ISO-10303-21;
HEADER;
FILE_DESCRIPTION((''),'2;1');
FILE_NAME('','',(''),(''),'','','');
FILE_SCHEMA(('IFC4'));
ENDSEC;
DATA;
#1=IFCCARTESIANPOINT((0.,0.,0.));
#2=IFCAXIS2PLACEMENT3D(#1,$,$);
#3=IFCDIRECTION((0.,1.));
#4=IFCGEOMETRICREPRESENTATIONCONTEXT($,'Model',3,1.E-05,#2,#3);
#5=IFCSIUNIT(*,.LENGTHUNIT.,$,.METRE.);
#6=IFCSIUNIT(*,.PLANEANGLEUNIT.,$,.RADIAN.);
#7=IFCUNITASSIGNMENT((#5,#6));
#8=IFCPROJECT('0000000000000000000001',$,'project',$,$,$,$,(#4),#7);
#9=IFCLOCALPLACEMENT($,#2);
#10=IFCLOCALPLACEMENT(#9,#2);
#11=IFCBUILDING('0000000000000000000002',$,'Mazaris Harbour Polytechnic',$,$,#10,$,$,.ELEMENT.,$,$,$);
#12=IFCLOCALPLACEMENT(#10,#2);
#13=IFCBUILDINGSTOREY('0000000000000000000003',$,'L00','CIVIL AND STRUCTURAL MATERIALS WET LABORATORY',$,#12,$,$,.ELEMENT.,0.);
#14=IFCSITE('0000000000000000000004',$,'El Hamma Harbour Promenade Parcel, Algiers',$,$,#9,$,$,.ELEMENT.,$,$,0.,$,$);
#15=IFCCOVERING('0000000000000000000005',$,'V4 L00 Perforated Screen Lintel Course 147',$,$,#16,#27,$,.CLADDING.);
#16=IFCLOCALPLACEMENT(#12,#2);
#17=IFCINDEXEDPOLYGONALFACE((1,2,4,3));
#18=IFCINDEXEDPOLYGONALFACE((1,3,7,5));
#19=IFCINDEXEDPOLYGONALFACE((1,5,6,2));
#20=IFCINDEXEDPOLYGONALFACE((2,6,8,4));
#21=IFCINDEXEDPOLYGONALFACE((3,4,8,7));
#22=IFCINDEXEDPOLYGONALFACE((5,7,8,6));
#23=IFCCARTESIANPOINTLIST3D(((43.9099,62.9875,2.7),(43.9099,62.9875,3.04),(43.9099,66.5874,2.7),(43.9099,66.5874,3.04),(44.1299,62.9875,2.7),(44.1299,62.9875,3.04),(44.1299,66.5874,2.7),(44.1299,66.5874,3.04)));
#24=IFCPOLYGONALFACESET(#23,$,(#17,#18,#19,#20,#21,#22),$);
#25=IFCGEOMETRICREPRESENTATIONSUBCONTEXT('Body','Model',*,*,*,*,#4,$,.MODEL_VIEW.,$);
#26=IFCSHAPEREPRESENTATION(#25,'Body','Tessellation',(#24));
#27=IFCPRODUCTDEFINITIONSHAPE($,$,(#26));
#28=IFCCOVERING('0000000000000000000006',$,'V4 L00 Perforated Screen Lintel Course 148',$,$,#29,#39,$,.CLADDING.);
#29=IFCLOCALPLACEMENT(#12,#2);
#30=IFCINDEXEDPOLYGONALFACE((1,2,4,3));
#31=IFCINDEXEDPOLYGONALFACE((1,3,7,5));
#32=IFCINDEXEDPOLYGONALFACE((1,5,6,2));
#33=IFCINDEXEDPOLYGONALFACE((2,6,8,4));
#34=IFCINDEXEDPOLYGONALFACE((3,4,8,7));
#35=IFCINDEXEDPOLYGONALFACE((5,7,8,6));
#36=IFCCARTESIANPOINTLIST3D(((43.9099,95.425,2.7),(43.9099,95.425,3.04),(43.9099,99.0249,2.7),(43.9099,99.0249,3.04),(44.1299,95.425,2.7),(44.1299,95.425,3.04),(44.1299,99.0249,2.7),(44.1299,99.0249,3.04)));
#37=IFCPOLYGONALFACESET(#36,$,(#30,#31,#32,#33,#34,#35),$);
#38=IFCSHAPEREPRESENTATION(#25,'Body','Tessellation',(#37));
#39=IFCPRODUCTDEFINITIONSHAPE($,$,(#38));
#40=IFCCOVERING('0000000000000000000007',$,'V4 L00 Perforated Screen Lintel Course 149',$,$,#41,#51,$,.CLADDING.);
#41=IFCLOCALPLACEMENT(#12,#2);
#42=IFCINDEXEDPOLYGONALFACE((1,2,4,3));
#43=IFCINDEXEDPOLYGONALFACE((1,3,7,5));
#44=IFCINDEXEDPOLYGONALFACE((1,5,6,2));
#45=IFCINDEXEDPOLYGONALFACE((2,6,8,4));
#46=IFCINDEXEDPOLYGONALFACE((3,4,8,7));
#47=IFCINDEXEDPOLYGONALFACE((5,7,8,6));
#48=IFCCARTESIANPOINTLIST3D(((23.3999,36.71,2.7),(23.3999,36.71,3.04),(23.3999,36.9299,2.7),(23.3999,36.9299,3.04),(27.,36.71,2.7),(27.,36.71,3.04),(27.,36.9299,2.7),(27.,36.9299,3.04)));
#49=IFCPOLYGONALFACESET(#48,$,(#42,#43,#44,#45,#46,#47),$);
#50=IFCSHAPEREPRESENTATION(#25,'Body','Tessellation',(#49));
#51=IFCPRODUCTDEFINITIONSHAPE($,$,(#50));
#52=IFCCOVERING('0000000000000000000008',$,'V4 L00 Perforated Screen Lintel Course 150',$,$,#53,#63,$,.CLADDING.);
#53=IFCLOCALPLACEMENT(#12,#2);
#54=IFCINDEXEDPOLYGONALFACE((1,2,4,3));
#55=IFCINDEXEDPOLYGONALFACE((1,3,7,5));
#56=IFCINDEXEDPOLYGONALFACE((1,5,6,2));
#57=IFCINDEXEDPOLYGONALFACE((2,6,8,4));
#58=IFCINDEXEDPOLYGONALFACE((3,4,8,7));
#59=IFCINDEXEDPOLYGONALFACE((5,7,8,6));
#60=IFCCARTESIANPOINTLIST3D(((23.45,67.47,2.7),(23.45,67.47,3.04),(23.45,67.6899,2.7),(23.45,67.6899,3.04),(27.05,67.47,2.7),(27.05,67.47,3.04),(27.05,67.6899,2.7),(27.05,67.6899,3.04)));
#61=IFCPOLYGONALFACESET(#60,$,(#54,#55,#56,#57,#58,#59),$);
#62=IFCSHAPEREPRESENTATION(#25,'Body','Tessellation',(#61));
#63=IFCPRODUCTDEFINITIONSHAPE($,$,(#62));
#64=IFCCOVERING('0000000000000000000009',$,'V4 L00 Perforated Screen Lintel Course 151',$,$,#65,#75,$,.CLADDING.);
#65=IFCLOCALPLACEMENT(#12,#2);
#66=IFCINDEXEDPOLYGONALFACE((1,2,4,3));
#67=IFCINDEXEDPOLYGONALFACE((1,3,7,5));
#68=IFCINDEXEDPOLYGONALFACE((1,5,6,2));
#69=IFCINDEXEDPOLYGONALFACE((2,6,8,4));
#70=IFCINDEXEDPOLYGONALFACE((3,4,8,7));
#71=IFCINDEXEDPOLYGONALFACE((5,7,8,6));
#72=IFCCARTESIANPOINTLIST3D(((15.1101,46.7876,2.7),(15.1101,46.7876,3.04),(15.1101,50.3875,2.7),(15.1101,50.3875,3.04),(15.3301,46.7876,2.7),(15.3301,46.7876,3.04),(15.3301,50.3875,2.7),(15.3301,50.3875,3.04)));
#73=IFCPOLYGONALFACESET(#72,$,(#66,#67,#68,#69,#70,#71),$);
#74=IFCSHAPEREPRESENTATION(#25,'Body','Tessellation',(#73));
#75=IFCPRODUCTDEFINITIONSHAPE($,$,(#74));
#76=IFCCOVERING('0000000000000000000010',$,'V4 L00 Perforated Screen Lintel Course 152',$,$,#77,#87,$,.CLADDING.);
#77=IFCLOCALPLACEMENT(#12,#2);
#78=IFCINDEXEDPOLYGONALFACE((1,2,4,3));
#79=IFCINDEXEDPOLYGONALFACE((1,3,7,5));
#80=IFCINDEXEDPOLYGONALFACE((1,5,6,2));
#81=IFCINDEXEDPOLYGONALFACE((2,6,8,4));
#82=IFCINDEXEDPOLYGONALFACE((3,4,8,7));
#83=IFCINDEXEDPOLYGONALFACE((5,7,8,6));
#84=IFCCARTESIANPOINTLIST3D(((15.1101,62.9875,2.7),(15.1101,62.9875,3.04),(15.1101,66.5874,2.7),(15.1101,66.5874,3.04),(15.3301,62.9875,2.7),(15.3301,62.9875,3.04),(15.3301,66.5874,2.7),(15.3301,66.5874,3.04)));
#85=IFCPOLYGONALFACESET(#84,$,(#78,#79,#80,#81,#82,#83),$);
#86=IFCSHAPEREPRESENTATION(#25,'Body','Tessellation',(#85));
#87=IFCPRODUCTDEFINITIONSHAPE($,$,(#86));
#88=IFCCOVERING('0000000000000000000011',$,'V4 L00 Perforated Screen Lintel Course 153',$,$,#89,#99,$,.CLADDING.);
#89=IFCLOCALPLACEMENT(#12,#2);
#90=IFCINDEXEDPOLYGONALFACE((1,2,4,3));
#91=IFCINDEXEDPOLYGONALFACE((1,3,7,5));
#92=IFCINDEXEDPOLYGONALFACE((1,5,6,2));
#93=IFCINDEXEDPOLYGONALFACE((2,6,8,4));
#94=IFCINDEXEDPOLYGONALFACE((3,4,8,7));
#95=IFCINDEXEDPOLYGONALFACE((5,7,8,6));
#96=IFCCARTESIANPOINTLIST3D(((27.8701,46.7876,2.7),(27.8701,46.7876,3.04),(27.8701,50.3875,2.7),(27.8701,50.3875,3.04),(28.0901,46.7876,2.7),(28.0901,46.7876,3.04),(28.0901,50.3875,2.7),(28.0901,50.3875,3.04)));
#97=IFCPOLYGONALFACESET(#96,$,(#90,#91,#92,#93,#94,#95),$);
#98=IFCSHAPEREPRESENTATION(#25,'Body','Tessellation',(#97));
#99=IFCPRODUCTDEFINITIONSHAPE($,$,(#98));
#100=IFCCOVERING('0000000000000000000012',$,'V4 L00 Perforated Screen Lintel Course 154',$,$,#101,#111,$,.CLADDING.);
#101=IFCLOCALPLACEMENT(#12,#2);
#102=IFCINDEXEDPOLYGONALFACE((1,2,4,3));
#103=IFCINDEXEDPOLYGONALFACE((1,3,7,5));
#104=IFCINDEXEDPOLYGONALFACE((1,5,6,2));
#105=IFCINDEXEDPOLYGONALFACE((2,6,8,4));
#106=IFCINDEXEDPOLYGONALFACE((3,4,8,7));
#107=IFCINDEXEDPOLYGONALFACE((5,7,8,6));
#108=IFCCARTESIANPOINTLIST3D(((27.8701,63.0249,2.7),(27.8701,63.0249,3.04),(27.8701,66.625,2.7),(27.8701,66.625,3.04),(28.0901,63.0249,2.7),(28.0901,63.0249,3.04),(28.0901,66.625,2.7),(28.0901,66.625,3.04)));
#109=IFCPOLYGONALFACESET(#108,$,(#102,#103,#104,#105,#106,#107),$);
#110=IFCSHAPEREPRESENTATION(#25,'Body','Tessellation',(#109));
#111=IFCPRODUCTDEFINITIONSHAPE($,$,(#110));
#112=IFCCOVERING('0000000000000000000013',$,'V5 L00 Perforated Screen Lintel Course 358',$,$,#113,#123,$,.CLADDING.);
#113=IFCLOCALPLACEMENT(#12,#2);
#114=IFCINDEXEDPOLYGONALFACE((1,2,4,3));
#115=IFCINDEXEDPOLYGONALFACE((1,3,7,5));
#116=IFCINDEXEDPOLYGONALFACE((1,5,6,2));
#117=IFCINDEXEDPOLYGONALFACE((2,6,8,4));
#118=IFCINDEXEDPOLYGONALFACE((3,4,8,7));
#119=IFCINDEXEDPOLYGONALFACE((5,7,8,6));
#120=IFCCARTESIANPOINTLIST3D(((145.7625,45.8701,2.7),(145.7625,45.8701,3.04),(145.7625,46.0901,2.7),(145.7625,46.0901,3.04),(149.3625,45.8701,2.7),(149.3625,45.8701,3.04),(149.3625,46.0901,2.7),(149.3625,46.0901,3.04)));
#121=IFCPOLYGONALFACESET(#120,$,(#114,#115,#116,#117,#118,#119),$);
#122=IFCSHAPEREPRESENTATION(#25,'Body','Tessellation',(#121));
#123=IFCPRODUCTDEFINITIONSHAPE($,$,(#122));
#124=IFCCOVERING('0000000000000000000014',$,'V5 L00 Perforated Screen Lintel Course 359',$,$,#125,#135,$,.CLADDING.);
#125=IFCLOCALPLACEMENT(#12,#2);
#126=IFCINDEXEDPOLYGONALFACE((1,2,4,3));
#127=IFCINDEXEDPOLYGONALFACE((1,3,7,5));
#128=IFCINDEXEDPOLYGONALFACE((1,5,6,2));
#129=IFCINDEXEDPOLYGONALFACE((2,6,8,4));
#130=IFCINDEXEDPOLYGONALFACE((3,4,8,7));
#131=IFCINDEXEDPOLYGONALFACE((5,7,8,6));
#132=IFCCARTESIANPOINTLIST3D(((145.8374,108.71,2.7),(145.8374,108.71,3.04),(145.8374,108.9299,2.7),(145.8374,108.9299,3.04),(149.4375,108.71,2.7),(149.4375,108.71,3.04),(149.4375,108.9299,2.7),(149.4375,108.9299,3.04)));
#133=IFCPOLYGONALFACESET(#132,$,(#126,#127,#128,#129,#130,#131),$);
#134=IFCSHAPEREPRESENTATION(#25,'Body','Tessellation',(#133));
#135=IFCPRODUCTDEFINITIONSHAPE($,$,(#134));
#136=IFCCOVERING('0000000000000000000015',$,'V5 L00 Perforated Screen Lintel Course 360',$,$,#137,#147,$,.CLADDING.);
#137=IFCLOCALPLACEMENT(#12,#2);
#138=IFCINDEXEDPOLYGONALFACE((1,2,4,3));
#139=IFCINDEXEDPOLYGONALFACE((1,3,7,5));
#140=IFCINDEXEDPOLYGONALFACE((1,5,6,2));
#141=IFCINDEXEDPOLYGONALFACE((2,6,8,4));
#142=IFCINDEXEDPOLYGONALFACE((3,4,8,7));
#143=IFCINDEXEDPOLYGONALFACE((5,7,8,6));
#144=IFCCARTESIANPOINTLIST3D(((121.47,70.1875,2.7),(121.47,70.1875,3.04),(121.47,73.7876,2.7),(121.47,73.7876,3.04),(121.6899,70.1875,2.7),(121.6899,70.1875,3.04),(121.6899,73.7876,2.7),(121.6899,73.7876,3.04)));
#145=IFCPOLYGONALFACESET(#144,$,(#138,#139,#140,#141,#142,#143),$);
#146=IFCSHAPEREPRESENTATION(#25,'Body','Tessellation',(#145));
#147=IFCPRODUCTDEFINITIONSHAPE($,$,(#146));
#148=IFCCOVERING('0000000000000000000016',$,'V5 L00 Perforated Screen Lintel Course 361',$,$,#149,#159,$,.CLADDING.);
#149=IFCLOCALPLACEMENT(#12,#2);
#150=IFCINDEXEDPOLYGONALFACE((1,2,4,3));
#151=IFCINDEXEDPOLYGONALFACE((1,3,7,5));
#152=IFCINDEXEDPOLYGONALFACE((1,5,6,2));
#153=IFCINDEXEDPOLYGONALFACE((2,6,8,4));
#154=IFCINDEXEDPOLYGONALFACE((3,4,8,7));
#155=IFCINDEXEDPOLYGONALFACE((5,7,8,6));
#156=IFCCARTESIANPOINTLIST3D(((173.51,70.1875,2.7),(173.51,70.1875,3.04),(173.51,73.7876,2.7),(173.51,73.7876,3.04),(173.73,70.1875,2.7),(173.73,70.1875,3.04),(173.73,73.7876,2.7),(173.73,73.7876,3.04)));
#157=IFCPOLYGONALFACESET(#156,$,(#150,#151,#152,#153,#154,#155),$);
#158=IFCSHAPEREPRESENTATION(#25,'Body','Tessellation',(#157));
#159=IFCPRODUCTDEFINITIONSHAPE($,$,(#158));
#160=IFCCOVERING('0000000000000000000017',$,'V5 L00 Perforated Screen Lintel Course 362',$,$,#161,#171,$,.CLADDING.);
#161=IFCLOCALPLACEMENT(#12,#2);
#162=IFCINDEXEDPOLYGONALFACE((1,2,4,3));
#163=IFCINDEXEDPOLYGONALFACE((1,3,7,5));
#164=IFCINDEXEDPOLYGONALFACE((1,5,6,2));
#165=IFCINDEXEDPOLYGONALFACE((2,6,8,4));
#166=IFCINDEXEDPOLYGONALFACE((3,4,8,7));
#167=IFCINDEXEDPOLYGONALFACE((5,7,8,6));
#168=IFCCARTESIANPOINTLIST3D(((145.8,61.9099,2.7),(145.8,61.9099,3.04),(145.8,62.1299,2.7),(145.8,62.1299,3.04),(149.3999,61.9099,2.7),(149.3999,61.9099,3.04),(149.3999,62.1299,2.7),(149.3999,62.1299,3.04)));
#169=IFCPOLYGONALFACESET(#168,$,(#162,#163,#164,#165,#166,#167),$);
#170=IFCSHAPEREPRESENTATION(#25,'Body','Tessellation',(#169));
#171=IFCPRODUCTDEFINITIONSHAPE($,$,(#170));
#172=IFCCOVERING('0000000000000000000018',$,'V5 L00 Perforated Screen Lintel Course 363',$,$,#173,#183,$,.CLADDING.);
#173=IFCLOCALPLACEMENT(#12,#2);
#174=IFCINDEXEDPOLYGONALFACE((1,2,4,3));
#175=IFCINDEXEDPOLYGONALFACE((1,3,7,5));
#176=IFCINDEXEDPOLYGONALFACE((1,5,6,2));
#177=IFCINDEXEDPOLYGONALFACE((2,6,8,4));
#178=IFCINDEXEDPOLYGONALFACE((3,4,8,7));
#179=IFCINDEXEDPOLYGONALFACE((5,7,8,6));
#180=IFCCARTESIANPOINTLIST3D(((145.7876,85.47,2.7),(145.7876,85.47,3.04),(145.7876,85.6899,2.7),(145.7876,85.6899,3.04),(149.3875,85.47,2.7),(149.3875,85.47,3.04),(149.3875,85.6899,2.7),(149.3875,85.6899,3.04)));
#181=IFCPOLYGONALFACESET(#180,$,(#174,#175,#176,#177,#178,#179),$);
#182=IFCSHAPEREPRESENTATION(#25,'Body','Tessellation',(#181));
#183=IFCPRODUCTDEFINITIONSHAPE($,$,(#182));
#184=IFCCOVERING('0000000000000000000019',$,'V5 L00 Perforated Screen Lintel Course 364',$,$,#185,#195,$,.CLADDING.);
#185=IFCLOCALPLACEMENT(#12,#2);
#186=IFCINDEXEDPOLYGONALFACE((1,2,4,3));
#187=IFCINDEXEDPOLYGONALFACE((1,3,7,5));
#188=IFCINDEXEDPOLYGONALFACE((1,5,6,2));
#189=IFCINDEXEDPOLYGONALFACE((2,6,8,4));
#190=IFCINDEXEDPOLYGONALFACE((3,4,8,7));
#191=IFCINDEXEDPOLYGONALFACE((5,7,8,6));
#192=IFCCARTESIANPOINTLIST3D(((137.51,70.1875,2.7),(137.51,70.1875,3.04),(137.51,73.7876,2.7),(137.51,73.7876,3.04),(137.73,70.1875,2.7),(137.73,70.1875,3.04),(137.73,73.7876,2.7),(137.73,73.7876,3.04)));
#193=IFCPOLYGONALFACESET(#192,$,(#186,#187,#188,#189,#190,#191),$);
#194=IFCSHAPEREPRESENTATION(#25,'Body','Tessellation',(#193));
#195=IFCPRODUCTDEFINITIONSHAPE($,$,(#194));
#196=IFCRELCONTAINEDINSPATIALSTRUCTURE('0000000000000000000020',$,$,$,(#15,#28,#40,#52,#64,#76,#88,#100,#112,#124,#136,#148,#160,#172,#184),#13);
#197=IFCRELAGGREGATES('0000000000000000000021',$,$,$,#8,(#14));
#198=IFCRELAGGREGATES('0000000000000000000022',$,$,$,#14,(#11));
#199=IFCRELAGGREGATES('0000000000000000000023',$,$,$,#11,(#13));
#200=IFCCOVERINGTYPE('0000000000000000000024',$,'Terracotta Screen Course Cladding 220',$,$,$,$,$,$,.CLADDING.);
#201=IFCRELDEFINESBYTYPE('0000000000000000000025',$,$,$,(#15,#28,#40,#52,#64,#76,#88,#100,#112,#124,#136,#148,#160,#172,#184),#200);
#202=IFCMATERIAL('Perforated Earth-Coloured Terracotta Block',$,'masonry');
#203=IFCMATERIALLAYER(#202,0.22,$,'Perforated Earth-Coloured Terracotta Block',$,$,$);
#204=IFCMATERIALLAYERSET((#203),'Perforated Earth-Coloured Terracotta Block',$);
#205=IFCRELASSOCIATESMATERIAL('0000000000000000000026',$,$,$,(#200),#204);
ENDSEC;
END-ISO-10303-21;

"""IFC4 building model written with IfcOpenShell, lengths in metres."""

from ifc_helpers import new_model, si_unit, direction, frame, origin, place, context, subcontext, project, spatial, polyline, outline, extrude, material, layer, layer_set, type_object, element, save


model = new_model("IFC4")

# Units and contexts
model_context = context("Model", 3, precision=1e-05, world=origin(), true_north=direction((0.0, 1.0)))
body_context = subcontext(model_context, "Body", "Model", "MODEL_VIEW")
ifc_project = project(units=[si_unit("LENGTHUNIT", "METRE"), si_unit("PLANEANGLEUNIT", "RADIAN")], contexts=[model_context])

# Site, building, storey
site_placement = place(None, origin())
site = spatial("IfcSite", under=ifc_project, at=site_placement, Name="El Hamma Harbour Promenade Parcel, Algiers", CompositionType="ELEMENT", RefElevation=0.0)
building_placement = place(site_placement, origin())
building = spatial("IfcBuilding", under=site, at=building_placement, Name="Mazaris Harbour Polytechnic", CompositionType="ELEMENT")
storey_placement = place(building_placement, origin())
storey = spatial("IfcBuildingStorey", under=building, at=storey_placement, Name="L00", Description="CIVIL AND STRUCTURAL MATERIALS WET LABORATORY", CompositionType="ELEMENT", Elevation=0.0)

# Coverings
ifc_material_1 = material(Name="Perforated Earth-Coloured Terracotta Block", Category="masonry")
ifc_layer_1 = layer(ifc_material_1, 0.22, Name="Perforated Earth-Coloured Terracotta Block")
ifc_layer_set_1 = layer_set([ifc_layer_1], Name="Perforated Earth-Coloured Terracotta Block")
covering_type_1 = type_object("IfcCoveringType", Name="Terracotta Screen Course Cladding 220", PredefinedType="CLADDING", material=ifc_layer_set_1)
covering_1_placement = place(storey_placement, frame((0.0, 0.0, 2.7)))
element("IfcCovering", 1, at=covering_1_placement, inside=storey, type_object=covering_type_1, Name="V4 L00 Perforated Screen Lintel Course 147", PredefinedType="CLADDING", context=body_context, shape_type="SweptSolid", body=[
    extrude(outline(polyline([(43.9099, 66.5874), (43.9099, 62.9875), (44.1299, 62.9875), (44.1299, 66.5874), (43.9099, 66.5874)])), origin(), (0.0, 0.0, 1.0), 0.3401),
])
covering_2_placement = place(storey_placement, frame((0.0, 0.0, 2.7)))
element("IfcCovering", 2, at=covering_2_placement, inside=storey, type_object=covering_type_1, Name="V4 L00 Perforated Screen Lintel Course 148", PredefinedType="CLADDING", context=body_context, shape_type="SweptSolid", body=[
    extrude(outline(polyline([(43.9099, 99.0249), (43.9099, 95.425), (44.1299, 95.425), (44.1299, 99.0249), (43.9099, 99.0249)])), origin(), (0.0, 0.0, 1.0), 0.3401),
])
covering_3_placement = place(storey_placement, frame((0.0, 0.0, 2.7)))
element("IfcCovering", 3, at=covering_3_placement, inside=storey, type_object=covering_type_1, Name="V4 L00 Perforated Screen Lintel Course 149", PredefinedType="CLADDING", context=body_context, shape_type="SweptSolid", body=[
    extrude(outline(polyline([(23.3999, 36.71), (27.0, 36.71), (27.0, 36.9299), (23.3999, 36.9299), (23.3999, 36.71)])), origin(), (0.0, 0.0, 1.0), 0.3401),
])
covering_4_placement = place(storey_placement, frame((0.0, 0.0, 2.7)))
element("IfcCovering", 4, at=covering_4_placement, inside=storey, type_object=covering_type_1, Name="V4 L00 Perforated Screen Lintel Course 150", PredefinedType="CLADDING", context=body_context, shape_type="SweptSolid", body=[
    extrude(outline(polyline([(27.05, 67.6899), (23.45, 67.6899), (23.45, 67.47), (27.05, 67.47), (27.05, 67.6899)])), origin(), (0.0, 0.0, 1.0), 0.3401),
])
covering_5_placement = place(storey_placement, frame((0.0, 0.0, 2.7)))
element("IfcCovering", 5, at=covering_5_placement, inside=storey, type_object=covering_type_1, Name="V4 L00 Perforated Screen Lintel Course 151", PredefinedType="CLADDING", context=body_context, shape_type="SweptSolid", body=[
    extrude(outline(polyline([(15.1101, 46.7876), (15.1101, 50.3875), (15.3301, 50.3875), (15.3301, 46.7876), (15.1101, 46.7876)])), origin(), (0.0, 0.0, 1.0), 0.3401),
])
covering_6_placement = place(storey_placement, frame((0.0, 0.0, 2.7)))
element("IfcCovering", 6, at=covering_6_placement, inside=storey, type_object=covering_type_1, Name="V4 L00 Perforated Screen Lintel Course 152", PredefinedType="CLADDING", context=body_context, shape_type="SweptSolid", body=[
    extrude(outline(polyline([(15.1101, 62.9875), (15.1101, 66.5874), (15.3301, 66.5874), (15.3301, 62.9875), (15.1101, 62.9875)])), origin(), (0.0, 0.0, 1.0), 0.3401),
])
covering_7_placement = place(storey_placement, frame((0.0, 0.0, 2.7)))
element("IfcCovering", 7, at=covering_7_placement, inside=storey, type_object=covering_type_1, Name="V4 L00 Perforated Screen Lintel Course 153", PredefinedType="CLADDING", context=body_context, shape_type="SweptSolid", body=[
    extrude(outline(polyline([(28.0901, 50.3875), (28.0901, 46.7876), (27.8701, 46.7876), (27.8701, 50.3875), (28.0901, 50.3875)])), origin(), (0.0, 0.0, 1.0), 0.3401),
])
covering_8_placement = place(storey_placement, frame((0.0, 0.0, 2.7)))
element("IfcCovering", 8, at=covering_8_placement, inside=storey, type_object=covering_type_1, Name="V4 L00 Perforated Screen Lintel Course 154", PredefinedType="CLADDING", context=body_context, shape_type="SweptSolid", body=[
    extrude(outline(polyline([(28.0901, 66.625), (28.0901, 63.0249), (27.8701, 63.0249), (27.8701, 66.625), (28.0901, 66.625)])), origin(), (0.0, 0.0, 1.0), 0.3401),
])
covering_9_placement = place(storey_placement, frame((0.0, 0.0, 2.7)))
element("IfcCovering", 9, at=covering_9_placement, inside=storey, type_object=covering_type_1, Name="V5 L00 Perforated Screen Lintel Course 358", PredefinedType="CLADDING", context=body_context, shape_type="SweptSolid", body=[
    extrude(outline(polyline([(149.3625, 46.0901), (145.7625, 46.0901), (145.7625, 45.8701), (149.3625, 45.8701), (149.3625, 46.0901)])), origin(), (0.0, 0.0, 1.0), 0.3401),
])
covering_10_placement = place(storey_placement, frame((0.0, 0.0, 2.7)))
element("IfcCovering", 10, at=covering_10_placement, inside=storey, type_object=covering_type_1, Name="V5 L00 Perforated Screen Lintel Course 359", PredefinedType="CLADDING", context=body_context, shape_type="SweptSolid", body=[
    extrude(outline(polyline([(145.8374, 108.71), (149.4375, 108.71), (149.4375, 108.9299), (145.8374, 108.9299), (145.8374, 108.71)])), origin(), (0.0, 0.0, 1.0), 0.3401),
])
covering_11_placement = place(storey_placement, frame((0.0, 0.0, 2.7)))
element("IfcCovering", 11, at=covering_11_placement, inside=storey, type_object=covering_type_1, Name="V5 L00 Perforated Screen Lintel Course 360", PredefinedType="CLADDING", context=body_context, shape_type="SweptSolid", body=[
    extrude(outline(polyline([(121.6899, 70.1875), (121.6899, 73.7876), (121.47, 73.7876), (121.47, 70.1875), (121.6899, 70.1875)])), origin(), (0.0, 0.0, 1.0), 0.3401),
])
covering_12_placement = place(storey_placement, frame((0.0, 0.0, 2.7)))
element("IfcCovering", 12, at=covering_12_placement, inside=storey, type_object=covering_type_1, Name="V5 L00 Perforated Screen Lintel Course 361", PredefinedType="CLADDING", context=body_context, shape_type="SweptSolid", body=[
    extrude(outline(polyline([(173.51, 73.7876), (173.51, 70.1875), (173.73, 70.1875), (173.73, 73.7876), (173.51, 73.7876)])), origin(), (0.0, 0.0, 1.0), 0.3401),
])
covering_13_placement = place(storey_placement, frame((0.0, 0.0, 2.7)))
element("IfcCovering", 13, at=covering_13_placement, inside=storey, type_object=covering_type_1, Name="V5 L00 Perforated Screen Lintel Course 362", PredefinedType="CLADDING", context=body_context, shape_type="SweptSolid", body=[
    extrude(outline(polyline([(145.8, 61.9099), (149.3999, 61.9099), (149.3999, 62.1299), (145.8, 62.1299), (145.8, 61.9099)])), origin(), (0.0, 0.0, 1.0), 0.3401),
])
covering_14_placement = place(storey_placement, frame((0.0, 0.0, 2.7)))
element("IfcCovering", 14, at=covering_14_placement, inside=storey, type_object=covering_type_1, Name="V5 L00 Perforated Screen Lintel Course 363", PredefinedType="CLADDING", context=body_context, shape_type="SweptSolid", body=[
    extrude(outline(polyline([(149.3875, 85.6899), (145.7876, 85.6899), (145.7876, 85.47), (149.3875, 85.47), (149.3875, 85.6899)])), origin(), (0.0, 0.0, 1.0), 0.3401),
])
covering_15_placement = place(storey_placement, frame((0.0, 0.0, 2.7)))
element("IfcCovering", 15, at=covering_15_placement, inside=storey, type_object=covering_type_1, Name="V5 L00 Perforated Screen Lintel Course 364", PredefinedType="CLADDING", context=body_context, shape_type="SweptSolid", body=[
    extrude(outline(polyline([(137.51, 70.1875), (137.51, 73.7876), (137.73, 73.7876), (137.73, 70.1875), (137.51, 70.1875)])), origin(), (0.0, 0.0, 1.0), 0.3401),
])

save(model, "model.ifc")
